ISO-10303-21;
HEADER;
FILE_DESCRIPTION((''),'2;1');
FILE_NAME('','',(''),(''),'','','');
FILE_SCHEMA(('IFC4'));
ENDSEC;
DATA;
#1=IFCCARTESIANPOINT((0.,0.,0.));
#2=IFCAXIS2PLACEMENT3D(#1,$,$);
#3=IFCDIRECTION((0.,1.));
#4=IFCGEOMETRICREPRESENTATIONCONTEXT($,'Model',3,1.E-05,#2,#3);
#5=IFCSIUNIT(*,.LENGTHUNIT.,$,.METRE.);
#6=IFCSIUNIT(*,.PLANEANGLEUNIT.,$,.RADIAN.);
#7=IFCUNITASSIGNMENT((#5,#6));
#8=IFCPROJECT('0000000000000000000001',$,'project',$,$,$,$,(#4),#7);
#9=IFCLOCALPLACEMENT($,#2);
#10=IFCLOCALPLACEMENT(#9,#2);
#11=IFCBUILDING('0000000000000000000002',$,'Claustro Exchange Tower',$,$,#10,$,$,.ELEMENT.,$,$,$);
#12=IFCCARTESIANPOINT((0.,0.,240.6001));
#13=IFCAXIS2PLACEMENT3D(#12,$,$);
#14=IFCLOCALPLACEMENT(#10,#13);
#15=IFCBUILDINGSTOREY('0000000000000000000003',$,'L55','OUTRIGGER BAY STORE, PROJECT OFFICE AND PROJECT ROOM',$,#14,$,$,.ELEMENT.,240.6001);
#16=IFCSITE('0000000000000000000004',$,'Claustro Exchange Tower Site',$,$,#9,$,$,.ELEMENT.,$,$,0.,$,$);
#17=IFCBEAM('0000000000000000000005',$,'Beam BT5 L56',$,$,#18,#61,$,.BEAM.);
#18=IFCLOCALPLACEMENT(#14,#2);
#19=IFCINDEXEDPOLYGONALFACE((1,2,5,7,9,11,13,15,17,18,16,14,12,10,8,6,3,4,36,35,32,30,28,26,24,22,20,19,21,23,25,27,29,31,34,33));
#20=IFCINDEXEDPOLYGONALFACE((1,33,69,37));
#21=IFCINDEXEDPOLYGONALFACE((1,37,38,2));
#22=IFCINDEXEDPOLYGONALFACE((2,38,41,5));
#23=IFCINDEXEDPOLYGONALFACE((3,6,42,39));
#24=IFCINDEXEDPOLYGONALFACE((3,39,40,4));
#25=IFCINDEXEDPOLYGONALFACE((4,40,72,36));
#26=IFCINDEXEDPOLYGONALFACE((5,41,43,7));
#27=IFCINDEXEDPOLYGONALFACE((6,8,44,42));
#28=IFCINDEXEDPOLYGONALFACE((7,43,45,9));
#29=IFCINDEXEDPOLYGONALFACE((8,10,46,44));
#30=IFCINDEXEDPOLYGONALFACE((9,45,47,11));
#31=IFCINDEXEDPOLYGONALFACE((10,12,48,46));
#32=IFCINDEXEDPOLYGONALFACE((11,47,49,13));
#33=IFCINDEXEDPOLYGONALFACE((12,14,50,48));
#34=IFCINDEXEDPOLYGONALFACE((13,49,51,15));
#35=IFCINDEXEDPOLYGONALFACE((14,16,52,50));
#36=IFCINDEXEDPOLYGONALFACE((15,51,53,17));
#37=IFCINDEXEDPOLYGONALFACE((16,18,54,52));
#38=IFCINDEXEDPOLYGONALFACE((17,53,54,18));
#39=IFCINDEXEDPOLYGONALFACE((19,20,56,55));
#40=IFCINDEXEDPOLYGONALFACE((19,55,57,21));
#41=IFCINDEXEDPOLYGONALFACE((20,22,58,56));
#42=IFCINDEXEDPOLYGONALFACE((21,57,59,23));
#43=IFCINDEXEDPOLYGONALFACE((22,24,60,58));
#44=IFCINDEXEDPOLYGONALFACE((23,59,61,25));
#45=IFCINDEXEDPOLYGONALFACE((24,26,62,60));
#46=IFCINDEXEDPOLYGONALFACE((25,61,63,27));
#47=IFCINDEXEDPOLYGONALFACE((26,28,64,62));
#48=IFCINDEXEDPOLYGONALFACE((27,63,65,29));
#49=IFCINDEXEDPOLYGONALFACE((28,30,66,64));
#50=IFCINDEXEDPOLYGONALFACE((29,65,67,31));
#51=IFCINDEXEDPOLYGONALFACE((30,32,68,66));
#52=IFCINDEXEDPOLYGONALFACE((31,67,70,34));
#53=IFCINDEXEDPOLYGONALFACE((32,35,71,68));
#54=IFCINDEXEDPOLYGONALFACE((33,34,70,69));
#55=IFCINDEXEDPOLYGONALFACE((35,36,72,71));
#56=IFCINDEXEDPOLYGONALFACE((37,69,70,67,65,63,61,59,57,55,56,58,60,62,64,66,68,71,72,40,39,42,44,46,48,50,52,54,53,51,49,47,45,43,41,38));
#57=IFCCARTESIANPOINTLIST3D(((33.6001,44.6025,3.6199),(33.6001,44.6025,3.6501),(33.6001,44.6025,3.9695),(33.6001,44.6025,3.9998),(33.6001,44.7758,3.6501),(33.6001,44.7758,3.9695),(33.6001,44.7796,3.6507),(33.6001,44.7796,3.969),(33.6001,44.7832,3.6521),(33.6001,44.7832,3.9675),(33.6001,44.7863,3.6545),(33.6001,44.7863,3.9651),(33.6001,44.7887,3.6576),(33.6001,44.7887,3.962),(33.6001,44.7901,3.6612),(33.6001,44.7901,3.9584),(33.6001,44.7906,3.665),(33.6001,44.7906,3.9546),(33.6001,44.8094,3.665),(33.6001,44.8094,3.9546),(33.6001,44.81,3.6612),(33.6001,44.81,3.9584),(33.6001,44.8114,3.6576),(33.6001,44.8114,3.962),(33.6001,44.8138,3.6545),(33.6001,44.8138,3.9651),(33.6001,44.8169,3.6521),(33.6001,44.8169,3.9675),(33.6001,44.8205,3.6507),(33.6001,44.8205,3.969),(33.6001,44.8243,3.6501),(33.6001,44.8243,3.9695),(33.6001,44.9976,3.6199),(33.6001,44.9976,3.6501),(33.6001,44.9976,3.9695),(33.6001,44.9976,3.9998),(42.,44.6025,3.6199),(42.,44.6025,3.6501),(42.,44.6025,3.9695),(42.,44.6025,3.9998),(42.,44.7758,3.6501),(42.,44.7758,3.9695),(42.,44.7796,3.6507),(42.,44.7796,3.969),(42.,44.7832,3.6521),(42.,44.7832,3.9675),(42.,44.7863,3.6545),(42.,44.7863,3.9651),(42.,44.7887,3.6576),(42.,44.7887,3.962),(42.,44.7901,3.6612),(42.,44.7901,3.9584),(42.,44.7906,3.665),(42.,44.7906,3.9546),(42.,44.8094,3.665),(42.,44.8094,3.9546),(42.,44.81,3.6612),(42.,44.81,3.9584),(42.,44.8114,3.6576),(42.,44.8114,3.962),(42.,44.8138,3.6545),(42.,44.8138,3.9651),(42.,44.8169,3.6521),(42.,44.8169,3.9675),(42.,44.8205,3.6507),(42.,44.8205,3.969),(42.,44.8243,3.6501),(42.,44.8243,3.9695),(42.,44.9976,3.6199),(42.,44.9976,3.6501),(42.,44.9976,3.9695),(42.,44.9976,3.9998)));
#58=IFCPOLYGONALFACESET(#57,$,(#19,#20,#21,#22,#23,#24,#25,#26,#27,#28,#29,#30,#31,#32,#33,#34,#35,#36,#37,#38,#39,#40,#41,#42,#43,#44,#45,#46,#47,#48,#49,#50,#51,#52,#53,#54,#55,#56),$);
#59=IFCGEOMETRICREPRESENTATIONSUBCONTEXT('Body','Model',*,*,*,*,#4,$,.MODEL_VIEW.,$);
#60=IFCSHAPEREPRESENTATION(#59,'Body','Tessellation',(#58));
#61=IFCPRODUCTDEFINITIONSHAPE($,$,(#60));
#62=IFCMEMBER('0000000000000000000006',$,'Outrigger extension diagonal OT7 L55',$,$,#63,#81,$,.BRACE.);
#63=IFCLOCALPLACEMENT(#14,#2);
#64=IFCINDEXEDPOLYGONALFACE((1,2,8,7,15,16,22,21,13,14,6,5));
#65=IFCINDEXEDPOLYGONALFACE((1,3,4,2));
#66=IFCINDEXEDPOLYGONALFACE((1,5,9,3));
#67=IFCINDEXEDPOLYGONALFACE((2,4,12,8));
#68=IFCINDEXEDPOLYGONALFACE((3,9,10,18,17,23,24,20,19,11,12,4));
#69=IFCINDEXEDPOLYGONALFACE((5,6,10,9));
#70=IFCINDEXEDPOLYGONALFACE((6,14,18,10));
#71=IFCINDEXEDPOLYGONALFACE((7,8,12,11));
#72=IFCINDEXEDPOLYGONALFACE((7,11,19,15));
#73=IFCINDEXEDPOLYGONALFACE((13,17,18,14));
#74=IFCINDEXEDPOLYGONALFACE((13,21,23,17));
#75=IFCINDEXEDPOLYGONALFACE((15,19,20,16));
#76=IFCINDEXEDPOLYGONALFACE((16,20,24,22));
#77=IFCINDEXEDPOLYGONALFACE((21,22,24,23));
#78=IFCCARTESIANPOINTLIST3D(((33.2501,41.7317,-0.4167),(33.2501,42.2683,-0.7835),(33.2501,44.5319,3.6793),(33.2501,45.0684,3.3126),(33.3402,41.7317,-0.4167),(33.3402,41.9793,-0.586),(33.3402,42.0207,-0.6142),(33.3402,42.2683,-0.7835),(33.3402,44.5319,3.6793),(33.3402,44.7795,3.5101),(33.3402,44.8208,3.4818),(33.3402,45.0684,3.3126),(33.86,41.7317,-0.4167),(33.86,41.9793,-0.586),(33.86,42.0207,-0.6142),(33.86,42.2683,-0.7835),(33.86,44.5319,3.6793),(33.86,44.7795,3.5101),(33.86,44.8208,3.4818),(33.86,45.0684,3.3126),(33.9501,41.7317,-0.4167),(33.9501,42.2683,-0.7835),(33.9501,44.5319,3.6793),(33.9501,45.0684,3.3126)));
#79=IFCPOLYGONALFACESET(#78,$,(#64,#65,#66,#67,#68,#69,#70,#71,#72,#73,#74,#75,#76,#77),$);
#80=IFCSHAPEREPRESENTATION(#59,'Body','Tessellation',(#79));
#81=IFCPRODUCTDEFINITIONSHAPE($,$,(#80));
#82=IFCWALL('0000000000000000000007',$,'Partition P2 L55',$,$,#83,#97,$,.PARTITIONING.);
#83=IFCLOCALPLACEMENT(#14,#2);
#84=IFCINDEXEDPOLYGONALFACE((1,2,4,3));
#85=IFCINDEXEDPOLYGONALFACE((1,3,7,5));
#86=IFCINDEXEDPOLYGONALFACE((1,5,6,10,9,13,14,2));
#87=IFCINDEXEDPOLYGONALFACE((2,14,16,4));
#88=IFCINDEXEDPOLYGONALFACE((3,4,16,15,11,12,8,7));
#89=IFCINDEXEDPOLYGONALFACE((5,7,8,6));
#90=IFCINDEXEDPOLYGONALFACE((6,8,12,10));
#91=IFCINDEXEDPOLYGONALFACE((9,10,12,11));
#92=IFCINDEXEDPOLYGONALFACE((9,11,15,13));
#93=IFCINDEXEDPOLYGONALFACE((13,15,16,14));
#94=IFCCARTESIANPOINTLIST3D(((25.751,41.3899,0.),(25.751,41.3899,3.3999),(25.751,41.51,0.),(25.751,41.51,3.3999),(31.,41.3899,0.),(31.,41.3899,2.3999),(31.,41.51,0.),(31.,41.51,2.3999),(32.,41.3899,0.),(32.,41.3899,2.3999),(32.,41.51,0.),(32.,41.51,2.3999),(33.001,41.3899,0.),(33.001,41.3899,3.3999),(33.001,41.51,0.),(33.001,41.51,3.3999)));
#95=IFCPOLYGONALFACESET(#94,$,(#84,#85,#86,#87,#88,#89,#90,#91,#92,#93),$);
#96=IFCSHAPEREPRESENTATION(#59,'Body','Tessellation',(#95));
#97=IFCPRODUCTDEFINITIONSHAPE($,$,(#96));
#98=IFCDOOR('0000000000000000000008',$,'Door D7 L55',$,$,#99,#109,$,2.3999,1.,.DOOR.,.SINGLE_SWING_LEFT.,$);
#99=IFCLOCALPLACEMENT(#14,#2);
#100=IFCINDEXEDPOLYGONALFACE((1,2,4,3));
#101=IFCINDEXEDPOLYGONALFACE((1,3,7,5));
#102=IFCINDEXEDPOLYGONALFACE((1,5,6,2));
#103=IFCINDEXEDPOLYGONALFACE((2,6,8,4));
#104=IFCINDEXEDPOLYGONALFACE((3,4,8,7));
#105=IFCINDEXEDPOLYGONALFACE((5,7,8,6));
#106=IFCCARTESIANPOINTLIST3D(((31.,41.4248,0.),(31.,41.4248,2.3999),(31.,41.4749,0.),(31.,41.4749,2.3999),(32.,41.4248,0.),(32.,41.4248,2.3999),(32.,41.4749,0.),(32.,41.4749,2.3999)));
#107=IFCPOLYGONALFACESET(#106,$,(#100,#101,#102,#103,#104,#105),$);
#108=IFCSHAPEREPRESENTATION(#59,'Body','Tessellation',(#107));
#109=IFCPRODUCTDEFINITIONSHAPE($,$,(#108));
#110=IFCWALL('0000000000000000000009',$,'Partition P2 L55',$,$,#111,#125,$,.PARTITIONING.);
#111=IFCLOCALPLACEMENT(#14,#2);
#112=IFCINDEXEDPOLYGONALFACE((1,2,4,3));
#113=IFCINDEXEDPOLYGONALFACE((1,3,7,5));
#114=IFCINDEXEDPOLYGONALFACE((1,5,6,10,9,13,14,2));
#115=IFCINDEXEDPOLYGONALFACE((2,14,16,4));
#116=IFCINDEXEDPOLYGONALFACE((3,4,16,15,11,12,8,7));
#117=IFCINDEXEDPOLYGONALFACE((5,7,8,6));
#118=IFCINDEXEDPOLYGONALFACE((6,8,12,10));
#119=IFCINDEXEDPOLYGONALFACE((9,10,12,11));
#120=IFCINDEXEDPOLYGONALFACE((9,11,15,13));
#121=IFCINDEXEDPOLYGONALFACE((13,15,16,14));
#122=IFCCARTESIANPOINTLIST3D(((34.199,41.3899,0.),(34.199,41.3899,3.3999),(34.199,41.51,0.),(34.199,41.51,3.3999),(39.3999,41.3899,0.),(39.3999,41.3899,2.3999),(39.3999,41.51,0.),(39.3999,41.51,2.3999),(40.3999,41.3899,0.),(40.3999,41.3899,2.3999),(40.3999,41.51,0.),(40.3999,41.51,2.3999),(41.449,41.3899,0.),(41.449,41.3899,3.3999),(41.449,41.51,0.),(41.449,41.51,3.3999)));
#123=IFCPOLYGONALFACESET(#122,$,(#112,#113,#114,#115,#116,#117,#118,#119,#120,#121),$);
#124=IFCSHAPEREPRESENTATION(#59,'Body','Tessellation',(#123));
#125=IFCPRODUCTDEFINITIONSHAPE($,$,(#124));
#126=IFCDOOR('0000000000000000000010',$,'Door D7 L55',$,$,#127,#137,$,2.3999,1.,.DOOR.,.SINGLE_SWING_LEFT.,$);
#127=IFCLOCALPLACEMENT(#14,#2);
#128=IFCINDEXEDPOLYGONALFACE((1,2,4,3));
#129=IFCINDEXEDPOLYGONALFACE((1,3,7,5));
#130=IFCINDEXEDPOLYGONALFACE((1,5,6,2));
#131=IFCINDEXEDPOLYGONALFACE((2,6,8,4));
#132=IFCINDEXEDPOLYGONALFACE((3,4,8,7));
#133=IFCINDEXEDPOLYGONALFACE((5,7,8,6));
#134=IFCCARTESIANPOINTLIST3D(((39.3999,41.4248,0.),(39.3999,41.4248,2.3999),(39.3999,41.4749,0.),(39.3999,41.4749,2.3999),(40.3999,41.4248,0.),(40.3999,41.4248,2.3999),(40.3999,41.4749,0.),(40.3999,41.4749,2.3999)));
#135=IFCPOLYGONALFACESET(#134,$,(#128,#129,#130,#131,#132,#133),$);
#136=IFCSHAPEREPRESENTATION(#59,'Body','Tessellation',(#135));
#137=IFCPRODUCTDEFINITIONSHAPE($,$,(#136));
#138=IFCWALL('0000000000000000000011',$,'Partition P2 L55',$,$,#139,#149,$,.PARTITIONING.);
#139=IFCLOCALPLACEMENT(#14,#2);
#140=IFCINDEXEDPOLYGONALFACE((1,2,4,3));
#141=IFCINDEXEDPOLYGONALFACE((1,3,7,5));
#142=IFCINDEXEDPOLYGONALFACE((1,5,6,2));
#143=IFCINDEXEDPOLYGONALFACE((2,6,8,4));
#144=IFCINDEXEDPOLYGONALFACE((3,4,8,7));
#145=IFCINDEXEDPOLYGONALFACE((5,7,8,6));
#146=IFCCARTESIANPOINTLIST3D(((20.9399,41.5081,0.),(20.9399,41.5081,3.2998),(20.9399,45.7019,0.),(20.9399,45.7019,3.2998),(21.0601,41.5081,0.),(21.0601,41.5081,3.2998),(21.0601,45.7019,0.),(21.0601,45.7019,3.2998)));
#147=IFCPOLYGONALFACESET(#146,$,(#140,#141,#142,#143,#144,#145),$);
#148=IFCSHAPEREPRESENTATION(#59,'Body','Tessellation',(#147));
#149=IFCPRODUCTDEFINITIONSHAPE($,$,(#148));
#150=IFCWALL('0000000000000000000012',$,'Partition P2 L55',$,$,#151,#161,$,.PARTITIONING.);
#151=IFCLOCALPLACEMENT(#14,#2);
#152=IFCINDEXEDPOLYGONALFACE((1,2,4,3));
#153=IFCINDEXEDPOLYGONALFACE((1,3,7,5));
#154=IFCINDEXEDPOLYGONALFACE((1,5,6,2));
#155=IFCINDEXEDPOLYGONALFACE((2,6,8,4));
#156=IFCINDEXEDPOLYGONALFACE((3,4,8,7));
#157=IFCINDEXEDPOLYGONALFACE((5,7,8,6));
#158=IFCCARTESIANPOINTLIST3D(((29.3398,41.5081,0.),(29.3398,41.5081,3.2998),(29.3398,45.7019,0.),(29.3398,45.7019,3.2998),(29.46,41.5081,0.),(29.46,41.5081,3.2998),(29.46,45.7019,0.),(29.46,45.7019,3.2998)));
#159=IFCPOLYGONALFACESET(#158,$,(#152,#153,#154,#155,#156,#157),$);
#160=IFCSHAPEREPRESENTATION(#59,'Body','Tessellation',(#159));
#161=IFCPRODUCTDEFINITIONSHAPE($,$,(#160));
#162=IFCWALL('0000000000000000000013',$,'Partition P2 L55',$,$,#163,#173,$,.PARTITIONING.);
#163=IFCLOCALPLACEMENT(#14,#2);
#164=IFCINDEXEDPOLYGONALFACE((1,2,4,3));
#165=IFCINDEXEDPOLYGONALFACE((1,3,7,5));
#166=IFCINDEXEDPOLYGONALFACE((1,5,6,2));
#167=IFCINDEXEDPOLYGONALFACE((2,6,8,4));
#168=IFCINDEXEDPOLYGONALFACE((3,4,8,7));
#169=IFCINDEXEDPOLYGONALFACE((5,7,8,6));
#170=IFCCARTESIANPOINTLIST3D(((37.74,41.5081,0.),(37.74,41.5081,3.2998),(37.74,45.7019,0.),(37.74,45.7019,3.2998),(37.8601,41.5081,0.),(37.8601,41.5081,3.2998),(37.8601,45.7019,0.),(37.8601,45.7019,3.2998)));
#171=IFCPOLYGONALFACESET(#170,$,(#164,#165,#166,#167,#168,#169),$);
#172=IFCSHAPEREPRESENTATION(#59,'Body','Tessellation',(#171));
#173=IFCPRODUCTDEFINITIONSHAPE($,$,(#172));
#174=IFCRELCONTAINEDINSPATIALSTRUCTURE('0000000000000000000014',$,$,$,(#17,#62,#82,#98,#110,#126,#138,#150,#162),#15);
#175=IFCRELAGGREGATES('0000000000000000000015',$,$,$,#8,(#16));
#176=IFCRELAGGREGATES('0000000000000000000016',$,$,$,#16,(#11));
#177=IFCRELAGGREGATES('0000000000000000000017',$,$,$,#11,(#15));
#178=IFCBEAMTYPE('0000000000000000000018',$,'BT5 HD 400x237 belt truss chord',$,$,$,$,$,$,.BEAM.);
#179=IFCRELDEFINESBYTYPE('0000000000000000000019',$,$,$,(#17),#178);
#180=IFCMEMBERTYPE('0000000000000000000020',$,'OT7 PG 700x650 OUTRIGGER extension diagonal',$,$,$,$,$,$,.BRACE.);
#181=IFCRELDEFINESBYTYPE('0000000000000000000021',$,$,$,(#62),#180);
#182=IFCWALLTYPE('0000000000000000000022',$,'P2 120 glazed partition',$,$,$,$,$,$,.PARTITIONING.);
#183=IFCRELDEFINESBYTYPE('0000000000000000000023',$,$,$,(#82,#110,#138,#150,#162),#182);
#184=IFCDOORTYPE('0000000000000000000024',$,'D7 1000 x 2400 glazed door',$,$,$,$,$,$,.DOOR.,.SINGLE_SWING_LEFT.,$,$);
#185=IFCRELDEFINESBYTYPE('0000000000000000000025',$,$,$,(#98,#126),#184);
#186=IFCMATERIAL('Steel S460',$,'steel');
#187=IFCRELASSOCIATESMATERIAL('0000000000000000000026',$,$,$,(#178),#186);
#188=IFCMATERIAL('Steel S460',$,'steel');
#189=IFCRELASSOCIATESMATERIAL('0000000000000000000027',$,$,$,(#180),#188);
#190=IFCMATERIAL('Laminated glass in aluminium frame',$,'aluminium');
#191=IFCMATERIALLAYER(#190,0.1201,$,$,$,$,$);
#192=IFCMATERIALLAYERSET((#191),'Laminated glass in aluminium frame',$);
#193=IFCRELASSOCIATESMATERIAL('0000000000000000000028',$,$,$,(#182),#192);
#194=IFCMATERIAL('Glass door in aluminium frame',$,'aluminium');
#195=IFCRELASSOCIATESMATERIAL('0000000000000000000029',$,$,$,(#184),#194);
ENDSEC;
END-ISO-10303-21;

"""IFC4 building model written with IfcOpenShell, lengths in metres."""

from ifc_helpers import new_model, si_unit, direction, frame, frame_2d, origin, origin_2d, place, context, subcontext, project, spatial, rectangle, i_section, extrude, material, layer, layer_set, material_profile, profile_set, type_object, element, fill, save


model = new_model("IFC4")

# Units and contexts
model_context = context("Model", 3, precision=1e-05, world=origin(), true_north=direction((0.0, 1.0)))
body_context = subcontext(model_context, "Body", "Model", "MODEL_VIEW")
ifc_project = project(units=[si_unit("LENGTHUNIT", "METRE"), si_unit("PLANEANGLEUNIT", "RADIAN")], contexts=[model_context])

# Site, building, storey
site_placement = place(None, origin())
site = spatial("IfcSite", under=ifc_project, at=site_placement, Name="Claustro Exchange Tower Site", CompositionType="ELEMENT", RefElevation=0.0)
building_placement = place(site_placement, origin())
building = spatial("IfcBuilding", under=site, at=building_placement, Name="Claustro Exchange Tower", CompositionType="ELEMENT")
storey_placement = place(building_placement, frame((0.0, 0.0, 240.6001)))
storey = spatial("IfcBuildingStorey", under=building, at=storey_placement, Name="L55", Description="OUTRIGGER BAY STORE, PROJECT OFFICE AND PROJECT ROOM", CompositionType="ELEMENT", Elevation=240.6001)

# Beam
ifc_material_1 = material(Name="Steel S460", Category="steel")
ifc_material_profile_1 = material_profile(ifc_material_1, i_section(OverallWidth=0.395, OverallDepth=0.3799, WebThickness=0.0188, FlangeThickness=0.0303, FilletRadius=0.0149, at=origin_2d()), Name="HD 400x237")
ifc_profile_set_1 = profile_set([ifc_material_profile_1], Name="Steel S460")
beam_type_1 = type_object("IfcBeamType", Name="BT5 HD 400x237 belt truss chord", PredefinedType="BEAM", material=ifc_profile_set_1)
beam_1_placement = place(storey_placement, frame((33.6001, 44.8, 3.8098), z_axis=(1.0, 0.0, 0.0), x_axis=(0.0, 1.0, 0.0)))
element("IfcBeam", 1, at=beam_1_placement, inside=storey, type_object=beam_type_1, Name="Beam BT5 L56", PredefinedType="BEAM", context=body_context, shape_type="SweptSolid", body=[
    extrude(i_section(OverallWidth=0.395, OverallDepth=0.3799, WebThickness=0.0188, FlangeThickness=0.0303, FilletRadius=0.0149, at=origin_2d()), origin(), (0.0, 0.0, 1.0), 8.3999),
])

# Member
ifc_material_2 = material(Name="Steel S460", Category="steel")
ifc_material_profile_2 = material_profile(ifc_material_2, i_section(OverallWidth=0.6499, OverallDepth=0.7, WebThickness=0.05, FlangeThickness=0.0901, at=origin_2d()), Name="PG 700x650")
ifc_profile_set_2 = profile_set([ifc_material_profile_2], Name="Steel S460")
member_type = type_object("IfcMemberType", Name="OT7 PG 700x650 OUTRIGGER extension diagonal", PredefinedType="BRACE", material=ifc_profile_set_2)
member_placement = place(storey_placement, frame((33.6001, 42.0, -0.6001), z_axis=(0.0, 0.564349, 0.825537), x_axis=(0.0, -0.825537, 0.564349)))
element("IfcMember", 2, at=member_placement, inside=storey, type_object=member_type, Name="Outrigger extension diagonal OT7 L55", PredefinedType="BRACE", context=body_context, shape_type="SweptSolid", body=[
    extrude(i_section(OverallWidth=0.6499, OverallDepth=0.7, WebThickness=0.05, FlangeThickness=0.0901, at=origin_2d()), origin(), (0.0, 0.0, 1.0), 4.9617),
])

# Walls, openings, doors
ifc_material_3 = material(Name="Laminated glass in aluminium frame", Category="aluminium")
ifc_layer_1 = layer(ifc_material_3, 0.1201)
ifc_layer_set_1 = layer_set([ifc_layer_1], Name="Laminated glass in aluminium frame")
wall_type_1 = type_object("IfcWallType", Name="P2 120 glazed partition", PredefinedType="PARTITIONING", material=ifc_layer_set_1)
wall_1_placement = place(storey_placement, frame((25.751, 41.45, 0.0), z_axis=(0.0, 0.0, 1.0), x_axis=(1.0, 0.0, 0.0)))
wall_1 = element("IfcWall", 3, at=wall_1_placement, inside=storey, type_object=wall_type_1, Name="Partition P2 L55", PredefinedType="PARTITIONING", context=body_context, shape_type="SweptSolid", body=[
    extrude(rectangle(XDim=7.25, YDim=0.1201, at=frame_2d((3.625, 0.0))), origin(), (0.0, 0.0, 1.0), 3.3999),
])
opening_1_placement = place(wall_1_placement, frame((5.249, 0.0, 0.0)))
opening_1 = element("IfcOpeningElement", 4, at=opening_1_placement, cuts=wall_1, PredefinedType="OPENING", context=body_context, shape_type="SweptSolid", body=[
    extrude(rectangle(XDim=1.0, YDim=2.3999, at=frame_2d((0.5, 1.2))), frame((0.0, 0.0701, 0.0), z_axis=(0.0, -1.0, 0.0), x_axis=(1.0, 0.0, 0.0)), (0.0, 0.0, 1.0), 0.1401),
])
ifc_material_4 = material(Name="Glass door in aluminium frame", Category="aluminium")
door_type = type_object("IfcDoorType", Name="D7 1000 x 2400 glazed door", OperationType="SINGLE_SWING_LEFT", PredefinedType="DOOR", material=ifc_material_4)
door_1_placement = place(opening_1_placement, origin())
door_1 = element("IfcDoor", 5, at=door_1_placement, inside=storey, type_object=door_type, Name="Door D7 L55", OperationType="SINGLE_SWING_LEFT", OverallHeight=2.3999, OverallWidth=1.0, PredefinedType="DOOR", context=body_context, shape_type="SweptSolid", body=[
    extrude(rectangle(XDim=1.0, YDim=2.3999, at=frame_2d((0.5, 1.2))), frame((0.0, 0.0249, 0.0), z_axis=(0.0, -1.0, 0.0), x_axis=(1.0, 0.0, 0.0)), (0.0, 0.0, 1.0), 0.05),
])
fill(opening_1, door_1)
wall_2_placement = place(storey_placement, frame((34.199, 41.45, 0.0), z_axis=(0.0, 0.0, 1.0), x_axis=(1.0, 0.0, 0.0)))
wall_2 = element("IfcWall", 6, at=wall_2_placement, inside=storey, type_object=wall_type_1, Name="Partition P2 L55", PredefinedType="PARTITIONING", context=body_context, shape_type="SweptSolid", body=[
    extrude(rectangle(XDim=7.25, YDim=0.1201, at=frame_2d((3.625, 0.0))), origin(), (0.0, 0.0, 1.0), 3.3999),
])
opening_2_placement = place(wall_2_placement, frame((5.2009, 0.0, 0.0)))
opening_2 = element("IfcOpeningElement", 7, at=opening_2_placement, cuts=wall_2, PredefinedType="OPENING", context=body_context, shape_type="SweptSolid", body=[
    extrude(rectangle(XDim=1.0, YDim=2.3999, at=frame_2d((0.5, 1.2))), frame((0.0, 0.0701, 0.0), z_axis=(0.0, -1.0, 0.0), x_axis=(1.0, 0.0, 0.0)), (0.0, 0.0, 1.0), 0.1401),
])
door_2_placement = place(opening_2_placement, origin())
door_2 = element("IfcDoor", 8, at=door_2_placement, inside=storey, type_object=door_type, Name="Door D7 L55", OperationType="SINGLE_SWING_LEFT", OverallHeight=2.3999, OverallWidth=1.0, PredefinedType="DOOR", context=body_context, shape_type="SweptSolid", body=[
    extrude(rectangle(XDim=1.0, YDim=2.3999, at=frame_2d((0.5, 1.2))), frame((0.0, 0.0249, 0.0), z_axis=(0.0, -1.0, 0.0), x_axis=(1.0, 0.0, 0.0)), (0.0, 0.0, 1.0), 0.05),
])
fill(opening_2, door_2)

# Walls
for number, where, z_axis, x_axis, name in (
    (9, (21.0, 41.5081, 0.0), (0.0, 0.0, 1.0), (0.0, 1.0, 0.0), "Partition P2 L55"),
    (10, (29.3999, 41.5081, 0.0), (0.0, 0.0, 1.0), (0.0, 1.0, 0.0), "Partition P2 L55"),
    (11, (37.8, 41.5081, 0.0), (0.0, 0.0, 1.0), (0.0, 1.0, 0.0), "Partition P2 L55"),
):
    element("IfcWall", number, at=place(storey_placement, frame(where, z_axis=z_axis, x_axis=x_axis)), inside=storey, type_object=wall_type_1, Name=name, PredefinedType="PARTITIONING", context=body_context, shape_type="SweptSolid", body=[
        extrude(rectangle(XDim=4.1938, YDim=0.1201, at=frame_2d((2.0969, 0.0))), origin(), (0.0, 0.0, 1.0), 3.2998),
    ])

save(model, "model.ifc")
